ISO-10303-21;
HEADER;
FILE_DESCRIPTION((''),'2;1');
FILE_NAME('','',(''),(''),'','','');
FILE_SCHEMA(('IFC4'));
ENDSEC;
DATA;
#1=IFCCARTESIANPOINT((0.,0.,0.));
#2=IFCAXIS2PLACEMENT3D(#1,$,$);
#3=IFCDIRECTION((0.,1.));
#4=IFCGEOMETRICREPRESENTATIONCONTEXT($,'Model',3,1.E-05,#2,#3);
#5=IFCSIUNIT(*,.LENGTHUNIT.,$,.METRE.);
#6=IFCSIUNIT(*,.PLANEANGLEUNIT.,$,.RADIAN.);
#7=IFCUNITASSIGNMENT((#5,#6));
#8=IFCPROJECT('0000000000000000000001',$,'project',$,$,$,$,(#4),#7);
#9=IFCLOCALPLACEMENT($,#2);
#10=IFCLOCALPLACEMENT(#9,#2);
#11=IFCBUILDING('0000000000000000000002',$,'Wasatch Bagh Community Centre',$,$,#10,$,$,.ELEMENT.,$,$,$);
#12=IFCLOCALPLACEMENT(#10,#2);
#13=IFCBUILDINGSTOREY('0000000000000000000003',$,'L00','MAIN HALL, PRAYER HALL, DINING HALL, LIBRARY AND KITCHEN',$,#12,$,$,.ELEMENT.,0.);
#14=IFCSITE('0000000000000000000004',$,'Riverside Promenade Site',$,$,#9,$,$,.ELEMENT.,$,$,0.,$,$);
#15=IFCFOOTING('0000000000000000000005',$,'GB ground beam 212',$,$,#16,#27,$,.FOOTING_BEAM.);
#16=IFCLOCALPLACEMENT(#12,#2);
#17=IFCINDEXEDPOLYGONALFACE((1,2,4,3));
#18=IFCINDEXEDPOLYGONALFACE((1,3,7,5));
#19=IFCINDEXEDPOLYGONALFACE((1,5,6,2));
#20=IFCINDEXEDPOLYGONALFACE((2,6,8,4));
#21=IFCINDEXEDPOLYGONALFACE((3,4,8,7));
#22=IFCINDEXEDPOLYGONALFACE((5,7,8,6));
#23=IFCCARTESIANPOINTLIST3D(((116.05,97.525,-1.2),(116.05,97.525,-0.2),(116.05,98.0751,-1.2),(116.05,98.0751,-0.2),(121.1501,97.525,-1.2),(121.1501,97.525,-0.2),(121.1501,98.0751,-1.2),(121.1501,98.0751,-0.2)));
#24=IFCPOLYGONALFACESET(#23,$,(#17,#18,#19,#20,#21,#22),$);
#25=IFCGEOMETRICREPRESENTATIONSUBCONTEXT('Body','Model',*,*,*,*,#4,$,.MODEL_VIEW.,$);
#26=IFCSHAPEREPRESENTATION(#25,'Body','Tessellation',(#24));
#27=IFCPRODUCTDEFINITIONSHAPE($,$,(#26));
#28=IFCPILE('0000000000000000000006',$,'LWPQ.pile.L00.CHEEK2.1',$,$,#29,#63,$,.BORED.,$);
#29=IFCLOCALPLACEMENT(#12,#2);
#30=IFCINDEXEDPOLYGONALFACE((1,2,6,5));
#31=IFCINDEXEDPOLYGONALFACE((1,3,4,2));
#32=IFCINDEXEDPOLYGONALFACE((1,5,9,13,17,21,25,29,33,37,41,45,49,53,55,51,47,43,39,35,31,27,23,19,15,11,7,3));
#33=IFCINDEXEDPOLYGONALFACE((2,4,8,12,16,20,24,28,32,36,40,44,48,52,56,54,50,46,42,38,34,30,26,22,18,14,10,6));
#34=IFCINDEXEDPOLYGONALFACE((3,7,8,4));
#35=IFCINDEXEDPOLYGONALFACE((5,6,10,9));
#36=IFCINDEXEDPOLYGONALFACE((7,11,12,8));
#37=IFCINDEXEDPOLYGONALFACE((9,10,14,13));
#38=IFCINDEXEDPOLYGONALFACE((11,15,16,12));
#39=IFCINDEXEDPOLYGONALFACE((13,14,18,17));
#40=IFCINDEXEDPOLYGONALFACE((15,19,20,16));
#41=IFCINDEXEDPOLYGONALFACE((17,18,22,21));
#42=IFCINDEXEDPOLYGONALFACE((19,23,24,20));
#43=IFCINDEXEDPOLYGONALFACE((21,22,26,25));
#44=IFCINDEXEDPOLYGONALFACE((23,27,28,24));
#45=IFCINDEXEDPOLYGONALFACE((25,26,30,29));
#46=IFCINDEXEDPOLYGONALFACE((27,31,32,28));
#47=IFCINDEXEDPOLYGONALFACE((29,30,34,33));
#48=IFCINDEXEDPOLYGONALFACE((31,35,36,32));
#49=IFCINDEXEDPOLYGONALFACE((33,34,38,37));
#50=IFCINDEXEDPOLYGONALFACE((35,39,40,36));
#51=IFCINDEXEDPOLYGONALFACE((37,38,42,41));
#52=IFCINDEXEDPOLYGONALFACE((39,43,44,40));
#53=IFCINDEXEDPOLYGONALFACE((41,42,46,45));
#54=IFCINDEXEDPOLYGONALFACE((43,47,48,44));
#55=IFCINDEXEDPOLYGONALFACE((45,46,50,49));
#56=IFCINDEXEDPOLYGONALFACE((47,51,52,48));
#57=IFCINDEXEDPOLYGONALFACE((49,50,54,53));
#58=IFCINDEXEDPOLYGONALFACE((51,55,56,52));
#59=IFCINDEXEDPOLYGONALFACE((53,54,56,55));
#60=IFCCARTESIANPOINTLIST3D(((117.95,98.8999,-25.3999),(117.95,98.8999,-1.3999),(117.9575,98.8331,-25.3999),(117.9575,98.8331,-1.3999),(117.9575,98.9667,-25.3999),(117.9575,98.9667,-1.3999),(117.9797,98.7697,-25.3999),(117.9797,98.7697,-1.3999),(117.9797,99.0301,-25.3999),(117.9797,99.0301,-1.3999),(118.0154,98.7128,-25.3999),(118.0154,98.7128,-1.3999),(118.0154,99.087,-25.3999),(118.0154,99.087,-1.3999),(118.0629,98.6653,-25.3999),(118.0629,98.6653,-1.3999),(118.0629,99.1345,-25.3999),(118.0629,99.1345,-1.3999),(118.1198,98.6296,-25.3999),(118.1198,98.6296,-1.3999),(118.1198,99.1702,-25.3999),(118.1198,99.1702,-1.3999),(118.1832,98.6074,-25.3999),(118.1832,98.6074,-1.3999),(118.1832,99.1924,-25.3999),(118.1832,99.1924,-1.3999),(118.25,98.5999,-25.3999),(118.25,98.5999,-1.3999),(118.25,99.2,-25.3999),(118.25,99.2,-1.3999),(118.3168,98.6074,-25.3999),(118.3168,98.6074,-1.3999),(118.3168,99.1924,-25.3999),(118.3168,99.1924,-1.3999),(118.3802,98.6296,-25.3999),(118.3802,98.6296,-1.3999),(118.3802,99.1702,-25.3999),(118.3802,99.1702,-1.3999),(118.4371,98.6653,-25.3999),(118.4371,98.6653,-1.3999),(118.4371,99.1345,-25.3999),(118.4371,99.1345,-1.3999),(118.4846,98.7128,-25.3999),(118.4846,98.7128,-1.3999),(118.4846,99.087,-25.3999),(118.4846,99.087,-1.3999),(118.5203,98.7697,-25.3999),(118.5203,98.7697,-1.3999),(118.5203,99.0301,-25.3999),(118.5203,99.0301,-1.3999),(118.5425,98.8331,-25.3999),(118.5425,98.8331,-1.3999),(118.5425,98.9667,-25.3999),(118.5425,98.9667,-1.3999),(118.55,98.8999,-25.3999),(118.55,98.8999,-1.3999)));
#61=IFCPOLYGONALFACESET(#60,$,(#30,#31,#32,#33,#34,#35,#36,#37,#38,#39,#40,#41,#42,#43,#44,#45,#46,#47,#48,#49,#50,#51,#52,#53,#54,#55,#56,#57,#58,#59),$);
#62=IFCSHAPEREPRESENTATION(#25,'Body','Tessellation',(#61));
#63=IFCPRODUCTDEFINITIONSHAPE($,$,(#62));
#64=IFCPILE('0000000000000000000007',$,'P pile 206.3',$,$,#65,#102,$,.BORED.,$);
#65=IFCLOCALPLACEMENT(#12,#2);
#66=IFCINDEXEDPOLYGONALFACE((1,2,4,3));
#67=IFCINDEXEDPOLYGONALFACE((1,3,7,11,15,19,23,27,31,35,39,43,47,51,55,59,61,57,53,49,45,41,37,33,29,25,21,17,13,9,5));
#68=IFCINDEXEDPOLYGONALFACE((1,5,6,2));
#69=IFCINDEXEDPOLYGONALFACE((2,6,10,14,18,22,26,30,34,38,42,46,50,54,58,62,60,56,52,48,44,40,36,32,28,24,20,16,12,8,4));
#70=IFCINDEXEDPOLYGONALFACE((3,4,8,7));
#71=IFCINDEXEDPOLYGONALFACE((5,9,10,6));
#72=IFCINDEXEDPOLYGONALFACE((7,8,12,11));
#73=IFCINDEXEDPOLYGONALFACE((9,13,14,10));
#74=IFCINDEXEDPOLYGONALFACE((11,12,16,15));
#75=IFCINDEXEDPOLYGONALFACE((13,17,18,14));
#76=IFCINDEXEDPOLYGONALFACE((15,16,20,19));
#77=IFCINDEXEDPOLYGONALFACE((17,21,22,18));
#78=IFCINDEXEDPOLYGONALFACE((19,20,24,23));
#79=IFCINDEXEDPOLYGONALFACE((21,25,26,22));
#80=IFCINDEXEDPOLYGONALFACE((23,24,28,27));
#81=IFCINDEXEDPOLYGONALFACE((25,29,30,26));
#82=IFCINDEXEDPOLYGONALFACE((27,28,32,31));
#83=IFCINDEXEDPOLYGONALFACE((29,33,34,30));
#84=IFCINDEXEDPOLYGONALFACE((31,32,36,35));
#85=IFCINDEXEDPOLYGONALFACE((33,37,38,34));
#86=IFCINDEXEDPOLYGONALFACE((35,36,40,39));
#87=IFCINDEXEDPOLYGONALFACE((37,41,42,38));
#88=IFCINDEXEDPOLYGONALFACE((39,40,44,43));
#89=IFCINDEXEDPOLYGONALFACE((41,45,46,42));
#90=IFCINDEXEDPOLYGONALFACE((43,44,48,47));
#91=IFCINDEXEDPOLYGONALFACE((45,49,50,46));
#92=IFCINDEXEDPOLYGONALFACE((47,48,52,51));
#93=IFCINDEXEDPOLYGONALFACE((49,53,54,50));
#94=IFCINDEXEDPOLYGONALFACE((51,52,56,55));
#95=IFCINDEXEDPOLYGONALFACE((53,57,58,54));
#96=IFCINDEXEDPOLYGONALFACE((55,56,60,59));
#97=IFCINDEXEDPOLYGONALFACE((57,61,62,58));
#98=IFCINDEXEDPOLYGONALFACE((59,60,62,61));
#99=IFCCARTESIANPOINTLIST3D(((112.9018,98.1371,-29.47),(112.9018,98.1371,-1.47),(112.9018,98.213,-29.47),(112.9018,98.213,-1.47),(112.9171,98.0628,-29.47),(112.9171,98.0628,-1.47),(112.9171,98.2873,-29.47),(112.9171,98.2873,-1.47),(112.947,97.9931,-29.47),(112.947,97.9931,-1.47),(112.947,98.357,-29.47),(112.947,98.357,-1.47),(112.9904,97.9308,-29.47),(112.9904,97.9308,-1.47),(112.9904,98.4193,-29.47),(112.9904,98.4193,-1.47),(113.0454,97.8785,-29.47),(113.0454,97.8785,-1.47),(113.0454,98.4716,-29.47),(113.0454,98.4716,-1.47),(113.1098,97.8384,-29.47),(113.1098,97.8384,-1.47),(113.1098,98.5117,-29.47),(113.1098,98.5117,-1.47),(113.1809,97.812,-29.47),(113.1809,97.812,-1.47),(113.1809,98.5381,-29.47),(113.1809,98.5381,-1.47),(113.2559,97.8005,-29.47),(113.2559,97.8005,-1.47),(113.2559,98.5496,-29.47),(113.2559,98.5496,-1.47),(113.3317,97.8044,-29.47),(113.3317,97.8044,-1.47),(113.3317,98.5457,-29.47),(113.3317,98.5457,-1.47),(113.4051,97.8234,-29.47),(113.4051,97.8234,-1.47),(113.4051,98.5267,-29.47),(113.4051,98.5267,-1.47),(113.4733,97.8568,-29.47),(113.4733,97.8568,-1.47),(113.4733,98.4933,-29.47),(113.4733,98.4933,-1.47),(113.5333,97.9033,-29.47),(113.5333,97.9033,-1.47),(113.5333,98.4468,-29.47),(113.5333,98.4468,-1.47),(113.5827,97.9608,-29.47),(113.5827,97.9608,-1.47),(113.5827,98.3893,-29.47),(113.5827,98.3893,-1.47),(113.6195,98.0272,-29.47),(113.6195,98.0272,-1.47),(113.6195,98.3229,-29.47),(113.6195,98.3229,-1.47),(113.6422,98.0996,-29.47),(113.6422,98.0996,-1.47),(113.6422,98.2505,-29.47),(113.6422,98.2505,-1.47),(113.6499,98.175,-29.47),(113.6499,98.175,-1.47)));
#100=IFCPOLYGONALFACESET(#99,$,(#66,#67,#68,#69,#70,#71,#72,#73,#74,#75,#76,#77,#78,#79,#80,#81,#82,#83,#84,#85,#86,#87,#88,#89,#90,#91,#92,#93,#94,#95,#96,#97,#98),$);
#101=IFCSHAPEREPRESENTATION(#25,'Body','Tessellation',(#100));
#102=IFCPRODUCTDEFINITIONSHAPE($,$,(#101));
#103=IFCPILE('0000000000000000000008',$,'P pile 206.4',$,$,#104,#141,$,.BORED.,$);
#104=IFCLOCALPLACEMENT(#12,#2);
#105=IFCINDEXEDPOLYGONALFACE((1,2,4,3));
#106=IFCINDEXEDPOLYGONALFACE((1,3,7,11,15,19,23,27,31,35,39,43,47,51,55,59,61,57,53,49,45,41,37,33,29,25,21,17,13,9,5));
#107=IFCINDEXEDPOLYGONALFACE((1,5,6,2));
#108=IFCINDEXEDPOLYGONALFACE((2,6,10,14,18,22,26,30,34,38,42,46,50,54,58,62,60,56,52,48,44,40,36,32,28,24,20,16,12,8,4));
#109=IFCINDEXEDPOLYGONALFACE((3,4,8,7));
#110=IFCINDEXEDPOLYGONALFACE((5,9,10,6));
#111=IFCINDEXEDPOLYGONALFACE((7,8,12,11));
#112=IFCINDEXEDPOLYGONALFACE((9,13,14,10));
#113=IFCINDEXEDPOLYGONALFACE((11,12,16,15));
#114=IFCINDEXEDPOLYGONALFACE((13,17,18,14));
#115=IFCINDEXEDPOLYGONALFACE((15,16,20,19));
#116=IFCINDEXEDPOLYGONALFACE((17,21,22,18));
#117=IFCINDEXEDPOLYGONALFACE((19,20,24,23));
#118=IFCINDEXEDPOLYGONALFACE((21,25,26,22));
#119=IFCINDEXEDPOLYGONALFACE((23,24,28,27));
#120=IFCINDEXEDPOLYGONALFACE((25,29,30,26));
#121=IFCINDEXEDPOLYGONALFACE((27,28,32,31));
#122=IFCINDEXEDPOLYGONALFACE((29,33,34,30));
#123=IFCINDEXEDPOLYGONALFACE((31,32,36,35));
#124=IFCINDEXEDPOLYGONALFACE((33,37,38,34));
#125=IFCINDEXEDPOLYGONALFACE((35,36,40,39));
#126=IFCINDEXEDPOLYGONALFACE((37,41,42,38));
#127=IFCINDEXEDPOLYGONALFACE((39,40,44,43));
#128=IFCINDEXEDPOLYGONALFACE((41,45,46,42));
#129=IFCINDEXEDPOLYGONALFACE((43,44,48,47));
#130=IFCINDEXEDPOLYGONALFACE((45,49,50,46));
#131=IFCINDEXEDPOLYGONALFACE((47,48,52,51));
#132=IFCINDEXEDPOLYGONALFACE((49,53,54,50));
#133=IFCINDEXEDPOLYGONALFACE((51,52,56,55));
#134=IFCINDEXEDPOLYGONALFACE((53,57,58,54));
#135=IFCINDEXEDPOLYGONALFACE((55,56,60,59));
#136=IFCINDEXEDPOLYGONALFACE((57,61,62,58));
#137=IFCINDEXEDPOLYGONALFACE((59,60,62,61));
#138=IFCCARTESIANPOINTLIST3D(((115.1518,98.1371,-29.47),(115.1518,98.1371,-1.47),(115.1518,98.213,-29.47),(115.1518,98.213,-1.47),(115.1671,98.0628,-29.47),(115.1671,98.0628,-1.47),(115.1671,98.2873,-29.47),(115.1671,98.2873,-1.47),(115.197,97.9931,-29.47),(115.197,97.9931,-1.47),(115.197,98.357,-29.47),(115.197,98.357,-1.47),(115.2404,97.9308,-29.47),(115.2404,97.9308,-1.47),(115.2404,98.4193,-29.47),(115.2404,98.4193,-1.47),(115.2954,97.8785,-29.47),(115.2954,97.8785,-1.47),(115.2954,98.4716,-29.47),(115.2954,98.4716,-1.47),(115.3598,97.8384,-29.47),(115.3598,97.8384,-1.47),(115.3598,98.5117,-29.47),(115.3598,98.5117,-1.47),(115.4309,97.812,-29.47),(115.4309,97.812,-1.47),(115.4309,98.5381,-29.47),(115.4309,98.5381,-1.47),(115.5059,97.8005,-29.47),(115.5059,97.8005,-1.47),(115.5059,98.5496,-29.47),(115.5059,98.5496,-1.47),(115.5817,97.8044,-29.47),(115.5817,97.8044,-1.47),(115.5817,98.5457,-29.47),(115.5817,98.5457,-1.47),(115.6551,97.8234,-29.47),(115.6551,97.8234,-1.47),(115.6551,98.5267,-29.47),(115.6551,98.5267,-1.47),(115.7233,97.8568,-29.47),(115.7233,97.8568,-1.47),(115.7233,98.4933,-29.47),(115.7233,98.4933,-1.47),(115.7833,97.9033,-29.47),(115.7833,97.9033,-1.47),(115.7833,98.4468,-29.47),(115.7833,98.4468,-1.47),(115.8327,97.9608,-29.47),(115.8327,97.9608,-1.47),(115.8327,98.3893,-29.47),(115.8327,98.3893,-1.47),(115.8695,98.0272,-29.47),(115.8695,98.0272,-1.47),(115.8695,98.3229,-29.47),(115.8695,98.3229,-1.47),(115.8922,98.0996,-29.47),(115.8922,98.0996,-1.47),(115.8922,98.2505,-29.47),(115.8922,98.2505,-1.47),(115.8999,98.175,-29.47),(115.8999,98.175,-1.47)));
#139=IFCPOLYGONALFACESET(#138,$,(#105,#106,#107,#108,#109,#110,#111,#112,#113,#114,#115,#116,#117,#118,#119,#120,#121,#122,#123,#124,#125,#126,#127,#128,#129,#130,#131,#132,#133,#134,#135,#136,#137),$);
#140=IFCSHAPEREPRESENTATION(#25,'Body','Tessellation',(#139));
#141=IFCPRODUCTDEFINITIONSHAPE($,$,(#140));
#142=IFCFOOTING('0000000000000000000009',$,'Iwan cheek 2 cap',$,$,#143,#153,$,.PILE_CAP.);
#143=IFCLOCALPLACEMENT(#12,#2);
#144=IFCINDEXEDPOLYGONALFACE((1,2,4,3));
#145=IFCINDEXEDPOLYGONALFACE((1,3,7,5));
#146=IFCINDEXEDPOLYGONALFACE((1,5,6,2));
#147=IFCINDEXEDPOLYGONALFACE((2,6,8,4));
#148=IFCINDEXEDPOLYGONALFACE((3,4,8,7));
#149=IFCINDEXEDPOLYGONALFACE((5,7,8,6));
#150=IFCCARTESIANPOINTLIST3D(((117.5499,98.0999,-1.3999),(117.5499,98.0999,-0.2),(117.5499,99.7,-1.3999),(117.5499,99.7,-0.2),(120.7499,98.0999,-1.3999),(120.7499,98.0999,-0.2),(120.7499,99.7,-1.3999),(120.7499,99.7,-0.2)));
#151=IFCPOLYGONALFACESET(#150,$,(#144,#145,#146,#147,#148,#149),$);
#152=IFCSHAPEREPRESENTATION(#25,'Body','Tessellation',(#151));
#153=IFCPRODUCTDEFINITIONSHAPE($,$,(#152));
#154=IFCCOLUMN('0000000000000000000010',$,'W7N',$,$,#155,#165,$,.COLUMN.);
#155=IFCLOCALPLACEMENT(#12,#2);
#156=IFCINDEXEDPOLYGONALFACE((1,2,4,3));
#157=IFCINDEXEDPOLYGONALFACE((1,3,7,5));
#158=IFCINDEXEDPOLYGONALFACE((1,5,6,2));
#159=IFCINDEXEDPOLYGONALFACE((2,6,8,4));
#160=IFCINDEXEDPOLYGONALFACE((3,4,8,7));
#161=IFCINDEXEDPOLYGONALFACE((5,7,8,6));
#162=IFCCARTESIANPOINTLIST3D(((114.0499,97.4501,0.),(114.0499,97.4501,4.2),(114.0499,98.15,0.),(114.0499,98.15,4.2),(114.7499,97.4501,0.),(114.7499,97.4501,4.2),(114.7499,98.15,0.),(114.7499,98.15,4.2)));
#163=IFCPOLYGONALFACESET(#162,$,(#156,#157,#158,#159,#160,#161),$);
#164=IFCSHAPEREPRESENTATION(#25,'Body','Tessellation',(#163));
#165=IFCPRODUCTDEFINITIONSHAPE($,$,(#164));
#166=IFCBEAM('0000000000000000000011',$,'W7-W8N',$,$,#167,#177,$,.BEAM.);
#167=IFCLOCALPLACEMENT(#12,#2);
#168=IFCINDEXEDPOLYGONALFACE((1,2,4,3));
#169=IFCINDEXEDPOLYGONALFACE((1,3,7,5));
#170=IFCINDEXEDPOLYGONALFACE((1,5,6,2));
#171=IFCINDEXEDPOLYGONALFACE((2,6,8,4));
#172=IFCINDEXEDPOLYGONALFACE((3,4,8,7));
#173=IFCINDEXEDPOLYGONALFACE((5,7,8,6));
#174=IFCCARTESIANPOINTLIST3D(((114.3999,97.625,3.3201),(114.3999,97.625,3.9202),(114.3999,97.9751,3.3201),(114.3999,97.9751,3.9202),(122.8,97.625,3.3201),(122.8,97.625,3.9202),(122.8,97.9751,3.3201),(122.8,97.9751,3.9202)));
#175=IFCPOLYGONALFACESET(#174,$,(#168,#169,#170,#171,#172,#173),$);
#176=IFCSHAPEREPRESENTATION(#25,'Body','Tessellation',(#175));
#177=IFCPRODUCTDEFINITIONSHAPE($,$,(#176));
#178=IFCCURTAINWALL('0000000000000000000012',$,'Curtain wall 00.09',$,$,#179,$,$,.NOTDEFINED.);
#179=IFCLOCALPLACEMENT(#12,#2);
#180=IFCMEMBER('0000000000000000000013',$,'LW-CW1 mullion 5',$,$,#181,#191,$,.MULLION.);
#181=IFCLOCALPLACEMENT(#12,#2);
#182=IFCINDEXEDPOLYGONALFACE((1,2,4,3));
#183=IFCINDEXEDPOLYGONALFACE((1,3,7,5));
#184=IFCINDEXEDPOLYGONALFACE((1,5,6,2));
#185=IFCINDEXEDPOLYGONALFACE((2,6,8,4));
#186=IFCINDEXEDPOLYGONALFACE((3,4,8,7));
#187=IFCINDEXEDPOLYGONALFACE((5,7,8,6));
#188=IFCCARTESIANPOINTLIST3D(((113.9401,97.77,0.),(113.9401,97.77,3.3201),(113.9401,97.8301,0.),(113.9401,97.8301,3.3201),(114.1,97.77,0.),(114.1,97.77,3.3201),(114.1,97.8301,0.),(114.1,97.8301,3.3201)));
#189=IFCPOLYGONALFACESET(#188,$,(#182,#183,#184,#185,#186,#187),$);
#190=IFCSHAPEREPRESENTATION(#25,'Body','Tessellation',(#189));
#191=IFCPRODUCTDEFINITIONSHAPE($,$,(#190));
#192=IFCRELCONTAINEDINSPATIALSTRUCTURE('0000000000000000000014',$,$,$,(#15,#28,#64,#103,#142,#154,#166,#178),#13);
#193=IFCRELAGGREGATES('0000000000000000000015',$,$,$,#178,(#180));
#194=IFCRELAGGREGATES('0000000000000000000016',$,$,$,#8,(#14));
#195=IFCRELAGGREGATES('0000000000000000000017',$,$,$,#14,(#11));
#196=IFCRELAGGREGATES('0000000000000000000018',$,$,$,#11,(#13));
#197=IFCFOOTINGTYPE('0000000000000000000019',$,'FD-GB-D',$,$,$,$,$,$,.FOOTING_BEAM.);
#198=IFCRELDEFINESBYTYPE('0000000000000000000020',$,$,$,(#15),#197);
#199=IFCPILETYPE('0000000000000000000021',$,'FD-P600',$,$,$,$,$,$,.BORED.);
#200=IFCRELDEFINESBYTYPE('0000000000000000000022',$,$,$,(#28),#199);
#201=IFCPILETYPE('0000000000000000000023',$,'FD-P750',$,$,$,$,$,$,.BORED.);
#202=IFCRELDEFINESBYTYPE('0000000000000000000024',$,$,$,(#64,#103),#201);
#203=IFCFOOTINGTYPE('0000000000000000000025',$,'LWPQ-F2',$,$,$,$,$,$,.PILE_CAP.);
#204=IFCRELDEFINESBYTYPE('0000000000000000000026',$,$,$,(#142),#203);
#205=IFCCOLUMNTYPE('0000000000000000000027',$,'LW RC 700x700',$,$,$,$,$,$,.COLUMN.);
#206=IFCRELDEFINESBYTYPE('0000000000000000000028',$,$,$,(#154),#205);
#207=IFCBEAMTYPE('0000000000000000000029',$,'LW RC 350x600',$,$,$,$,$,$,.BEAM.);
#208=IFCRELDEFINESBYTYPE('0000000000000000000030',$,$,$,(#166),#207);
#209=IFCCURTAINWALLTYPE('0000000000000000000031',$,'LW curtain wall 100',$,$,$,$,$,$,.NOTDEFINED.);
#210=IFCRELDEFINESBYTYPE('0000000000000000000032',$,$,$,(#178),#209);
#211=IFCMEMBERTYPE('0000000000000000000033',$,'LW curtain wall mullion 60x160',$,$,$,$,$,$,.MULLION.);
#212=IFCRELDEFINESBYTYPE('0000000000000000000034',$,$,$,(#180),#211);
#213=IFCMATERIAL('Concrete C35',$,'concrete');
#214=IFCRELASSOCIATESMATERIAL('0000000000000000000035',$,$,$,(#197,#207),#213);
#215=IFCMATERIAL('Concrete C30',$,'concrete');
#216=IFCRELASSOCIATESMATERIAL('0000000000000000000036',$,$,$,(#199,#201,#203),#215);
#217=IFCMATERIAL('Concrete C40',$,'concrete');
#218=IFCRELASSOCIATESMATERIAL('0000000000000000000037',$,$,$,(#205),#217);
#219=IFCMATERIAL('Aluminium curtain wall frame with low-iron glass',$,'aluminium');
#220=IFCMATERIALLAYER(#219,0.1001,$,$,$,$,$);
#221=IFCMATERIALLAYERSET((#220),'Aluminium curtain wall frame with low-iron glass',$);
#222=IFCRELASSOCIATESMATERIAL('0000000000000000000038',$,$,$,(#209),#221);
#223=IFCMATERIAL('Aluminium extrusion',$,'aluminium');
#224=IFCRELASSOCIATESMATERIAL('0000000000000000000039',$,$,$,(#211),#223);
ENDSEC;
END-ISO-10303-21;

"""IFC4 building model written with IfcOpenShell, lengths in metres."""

from ifc_helpers import new_model, si_unit, direction, frame, origin, origin_2d, place, context, subcontext, project, spatial, rectangle, circle, extrude, material, layer, layer_set, material_profile, profile_set, type_object, element, aggregate, save


model = new_model("IFC4")

# Units and contexts
model_context = context("Model", 3, precision=1e-05, world=origin(), true_north=direction((0.0, 1.0)))
body_context = subcontext(model_context, "Body", "Model", "MODEL_VIEW")
ifc_project = project(units=[si_unit("LENGTHUNIT", "METRE"), si_unit("PLANEANGLEUNIT", "RADIAN")], contexts=[model_context])

# Site, building, storey
site_placement = place(None, origin())
site = spatial("IfcSite", under=ifc_project, at=site_placement, Name="Riverside Promenade Site", CompositionType="ELEMENT", RefElevation=0.0)
building_placement = place(site_placement, origin())
building = spatial("IfcBuilding", under=site, at=building_placement, Name="Wasatch Bagh Community Centre", CompositionType="ELEMENT")
storey_placement = place(building_placement, origin())
storey = spatial("IfcBuildingStorey", under=building, at=storey_placement, Name="L00", Description="MAIN HALL, PRAYER HALL, DINING HALL, LIBRARY AND KITCHEN", CompositionType="ELEMENT", Elevation=0.0)

# Footing
ifc_material_1 = material(Name="Concrete C35", Category="concrete")
footing_type_1 = type_object("IfcFootingType", Name="FD-GB-D", PredefinedType="FOOTING_BEAM", material=ifc_material_1)
footing_1_placement = place(storey_placement, frame((118.6001, 97.8, -1.2), z_axis=(0.0, 0.0, 1.0), x_axis=(1.0, 0.0, 0.0)))
element("IfcFooting", 1, at=footing_1_placement, inside=storey, type_object=footing_type_1, Name="GB ground beam 212", PredefinedType="FOOTING_BEAM", context=body_context, shape_type="SweptSolid", body=[
    extrude(rectangle(XDim=5.1001, YDim=0.55, at=origin_2d()), origin(), (0.0, 0.0, 1.0), 1.0),
])

# Piles
ifc_material_2 = material(Name="Concrete C30", Category="concrete")
ifc_material_profile_1 = material_profile(ifc_material_2, circle(Radius=0.3, at=origin_2d()), Name="RC D600")
ifc_profile_set_1 = profile_set([ifc_material_profile_1], Name="Concrete C30")
pile_type_1 = type_object("IfcPileType", Name="FD-P600", PredefinedType="BORED", material=ifc_profile_set_1)
pile_placement = place(storey_placement, frame((118.25, 98.8999, -1.3999), z_axis=(0.0, 0.0, -1.0), x_axis=(1.0, 0.0, 0.0)))
element("IfcPile", 2, at=pile_placement, inside=storey, type_object=pile_type_1, Name="LWPQ.pile.L00.CHEEK2.1", PredefinedType="BORED", context=body_context, shape_type="SweptSolid", body=[
    extrude(circle(Radius=0.3, at=origin_2d()), origin(), (0.0, 0.0, 1.0), 24.0),
])
ifc_material_profile_2 = material_profile(ifc_material_2, circle(Radius=0.375, at=origin_2d()), Name="RC D750")
ifc_profile_set_2 = profile_set([ifc_material_profile_2], Name="Concrete C30")
pile_type_2 = type_object("IfcPileType", Name="FD-P750", PredefinedType="BORED", material=ifc_profile_set_2)
for number, where, z_axis, x_axis, name in (
    (3, (113.2749, 98.175, -1.47), (0.0, 0.0, -1.0), (1.0, 0.0, 0.0), "P pile 206.3"),
    (4, (115.5249, 98.175, -1.47), (0.0, 0.0, -1.0), (1.0, 0.0, 0.0), "P pile 206.4"),
):
    element("IfcPile", number, at=place(storey_placement, frame(where, z_axis=z_axis, x_axis=x_axis)), inside=storey, type_object=pile_type_2, Name=name, PredefinedType="BORED", context=body_context, shape_type="SweptSolid", body=[
        extrude(circle(Radius=0.375, at=origin_2d()), origin(), (0.0, 0.0, 1.0), 28.0),
    ])

# Footing
footing_type_2 = type_object("IfcFootingType", Name="LWPQ-F2", PredefinedType="PILE_CAP", material=ifc_material_2)
footing_2_placement = place(storey_placement, frame((119.1499, 98.8999, -1.3999), z_axis=(0.0, 0.0, 1.0), x_axis=(0.0, 1.0, 0.0)))
element("IfcFooting", 5, at=footing_2_placement, inside=storey, type_object=footing_type_2, Name="Iwan cheek 2 cap", PredefinedType="PILE_CAP", context=body_context, shape_type="SweptSolid", body=[
    extrude(rectangle(XDim=1.6001, YDim=3.2, at=origin_2d()), origin(), (0.0, 0.0, 1.0), 1.2),
])

# Column
ifc_material_3 = material(Name="Concrete C40", Category="concrete")
ifc_material_profile_3 = material_profile(ifc_material_3, rectangle(XDim=0.7, YDim=0.7, at=origin_2d()), Name="RC 700x700")
ifc_profile_set_3 = profile_set([ifc_material_profile_3], Name="Concrete C40")
column_type = type_object("IfcColumnType", Name="LW RC 700x700", PredefinedType="COLUMN", material=ifc_profile_set_3)
column_placement = place(storey_placement, frame((114.3999, 97.8, 0.0), z_axis=(0.0, 0.0, 1.0), x_axis=(1.0, 0.0, 0.0)))
element("IfcColumn", 6, at=column_placement, inside=storey, type_object=column_type, Name="W7N", PredefinedType="COLUMN", context=body_context, shape_type="SweptSolid", body=[
    extrude(rectangle(XDim=0.7, YDim=0.7, at=origin_2d()), origin(), (0.0, 0.0, 1.0), 4.2),
])

# Beam
ifc_material_profile_4 = material_profile(ifc_material_1, rectangle(XDim=0.3501, YDim=0.6001, at=origin_2d()), Name="RC 350x600")
ifc_profile_set_4 = profile_set([ifc_material_profile_4], Name="Concrete C35")
beam_type = type_object("IfcBeamType", Name="LW RC 350x600", PredefinedType="BEAM", material=ifc_profile_set_4)
beam_placement = place(storey_placement, frame((114.3999, 97.8, 3.6201), z_axis=(1.0, 0.0, 0.0), x_axis=(0.0, 1.0, 0.0)))
element("IfcBeam", 7, at=beam_placement, inside=storey, type_object=beam_type, Name="W7-W8N", PredefinedType="BEAM", context=body_context, shape_type="SweptSolid", body=[
    extrude(rectangle(XDim=0.3501, YDim=0.6001, at=origin_2d()), origin(), (0.0, 0.0, 1.0), 8.4001),
])

# Curtain wall, member
ifc_material_4 = material(Name="Aluminium curtain wall frame with low-iron glass", Category="aluminium")
ifc_layer_1 = layer(ifc_material_4, 0.1001)
ifc_layer_set_1 = layer_set([ifc_layer_1], Name="Aluminium curtain wall frame with low-iron glass")
curtain_wall_type = type_object("IfcCurtainWallType", Name="LW curtain wall 100", PredefinedType="NOTDEFINED", material=ifc_layer_set_1)
curtain_wall_placement = place(storey_placement, origin())
curtain_wall = element("IfcCurtainWall", 8, at=curtain_wall_placement, inside=storey, type_object=curtain_wall_type, Name="Curtain wall 00.09", PredefinedType="NOTDEFINED")
ifc_material_5 = material(Name="Aluminium extrusion", Category="aluminium")
ifc_material_profile_5 = material_profile(ifc_material_5, rectangle(XDim=0.0601, YDim=0.1599, at=origin_2d()), Name="AL 60x160")
ifc_profile_set_5 = profile_set([ifc_material_profile_5], Name="Aluminium extrusion")
member_type = type_object("IfcMemberType", Name="LW curtain wall mullion 60x160", PredefinedType="MULLION", material=ifc_profile_set_5)
member_placement = place(storey_placement, frame((114.02, 97.8, 0.0), z_axis=(0.0, 0.0, 1.0), x_axis=(0.0, 1.0, 0.0)))
member = element("IfcMember", 9, at=member_placement, type_object=member_type, Name="LW-CW1 mullion 5", PredefinedType="MULLION", context=body_context, shape_type="SweptSolid", body=[
    extrude(rectangle(XDim=0.0601, YDim=0.1599, at=origin_2d()), origin(), (0.0, 0.0, 1.0), 3.3201),
])
aggregate(curtain_wall, [member])

save(model, "model.ifc")
